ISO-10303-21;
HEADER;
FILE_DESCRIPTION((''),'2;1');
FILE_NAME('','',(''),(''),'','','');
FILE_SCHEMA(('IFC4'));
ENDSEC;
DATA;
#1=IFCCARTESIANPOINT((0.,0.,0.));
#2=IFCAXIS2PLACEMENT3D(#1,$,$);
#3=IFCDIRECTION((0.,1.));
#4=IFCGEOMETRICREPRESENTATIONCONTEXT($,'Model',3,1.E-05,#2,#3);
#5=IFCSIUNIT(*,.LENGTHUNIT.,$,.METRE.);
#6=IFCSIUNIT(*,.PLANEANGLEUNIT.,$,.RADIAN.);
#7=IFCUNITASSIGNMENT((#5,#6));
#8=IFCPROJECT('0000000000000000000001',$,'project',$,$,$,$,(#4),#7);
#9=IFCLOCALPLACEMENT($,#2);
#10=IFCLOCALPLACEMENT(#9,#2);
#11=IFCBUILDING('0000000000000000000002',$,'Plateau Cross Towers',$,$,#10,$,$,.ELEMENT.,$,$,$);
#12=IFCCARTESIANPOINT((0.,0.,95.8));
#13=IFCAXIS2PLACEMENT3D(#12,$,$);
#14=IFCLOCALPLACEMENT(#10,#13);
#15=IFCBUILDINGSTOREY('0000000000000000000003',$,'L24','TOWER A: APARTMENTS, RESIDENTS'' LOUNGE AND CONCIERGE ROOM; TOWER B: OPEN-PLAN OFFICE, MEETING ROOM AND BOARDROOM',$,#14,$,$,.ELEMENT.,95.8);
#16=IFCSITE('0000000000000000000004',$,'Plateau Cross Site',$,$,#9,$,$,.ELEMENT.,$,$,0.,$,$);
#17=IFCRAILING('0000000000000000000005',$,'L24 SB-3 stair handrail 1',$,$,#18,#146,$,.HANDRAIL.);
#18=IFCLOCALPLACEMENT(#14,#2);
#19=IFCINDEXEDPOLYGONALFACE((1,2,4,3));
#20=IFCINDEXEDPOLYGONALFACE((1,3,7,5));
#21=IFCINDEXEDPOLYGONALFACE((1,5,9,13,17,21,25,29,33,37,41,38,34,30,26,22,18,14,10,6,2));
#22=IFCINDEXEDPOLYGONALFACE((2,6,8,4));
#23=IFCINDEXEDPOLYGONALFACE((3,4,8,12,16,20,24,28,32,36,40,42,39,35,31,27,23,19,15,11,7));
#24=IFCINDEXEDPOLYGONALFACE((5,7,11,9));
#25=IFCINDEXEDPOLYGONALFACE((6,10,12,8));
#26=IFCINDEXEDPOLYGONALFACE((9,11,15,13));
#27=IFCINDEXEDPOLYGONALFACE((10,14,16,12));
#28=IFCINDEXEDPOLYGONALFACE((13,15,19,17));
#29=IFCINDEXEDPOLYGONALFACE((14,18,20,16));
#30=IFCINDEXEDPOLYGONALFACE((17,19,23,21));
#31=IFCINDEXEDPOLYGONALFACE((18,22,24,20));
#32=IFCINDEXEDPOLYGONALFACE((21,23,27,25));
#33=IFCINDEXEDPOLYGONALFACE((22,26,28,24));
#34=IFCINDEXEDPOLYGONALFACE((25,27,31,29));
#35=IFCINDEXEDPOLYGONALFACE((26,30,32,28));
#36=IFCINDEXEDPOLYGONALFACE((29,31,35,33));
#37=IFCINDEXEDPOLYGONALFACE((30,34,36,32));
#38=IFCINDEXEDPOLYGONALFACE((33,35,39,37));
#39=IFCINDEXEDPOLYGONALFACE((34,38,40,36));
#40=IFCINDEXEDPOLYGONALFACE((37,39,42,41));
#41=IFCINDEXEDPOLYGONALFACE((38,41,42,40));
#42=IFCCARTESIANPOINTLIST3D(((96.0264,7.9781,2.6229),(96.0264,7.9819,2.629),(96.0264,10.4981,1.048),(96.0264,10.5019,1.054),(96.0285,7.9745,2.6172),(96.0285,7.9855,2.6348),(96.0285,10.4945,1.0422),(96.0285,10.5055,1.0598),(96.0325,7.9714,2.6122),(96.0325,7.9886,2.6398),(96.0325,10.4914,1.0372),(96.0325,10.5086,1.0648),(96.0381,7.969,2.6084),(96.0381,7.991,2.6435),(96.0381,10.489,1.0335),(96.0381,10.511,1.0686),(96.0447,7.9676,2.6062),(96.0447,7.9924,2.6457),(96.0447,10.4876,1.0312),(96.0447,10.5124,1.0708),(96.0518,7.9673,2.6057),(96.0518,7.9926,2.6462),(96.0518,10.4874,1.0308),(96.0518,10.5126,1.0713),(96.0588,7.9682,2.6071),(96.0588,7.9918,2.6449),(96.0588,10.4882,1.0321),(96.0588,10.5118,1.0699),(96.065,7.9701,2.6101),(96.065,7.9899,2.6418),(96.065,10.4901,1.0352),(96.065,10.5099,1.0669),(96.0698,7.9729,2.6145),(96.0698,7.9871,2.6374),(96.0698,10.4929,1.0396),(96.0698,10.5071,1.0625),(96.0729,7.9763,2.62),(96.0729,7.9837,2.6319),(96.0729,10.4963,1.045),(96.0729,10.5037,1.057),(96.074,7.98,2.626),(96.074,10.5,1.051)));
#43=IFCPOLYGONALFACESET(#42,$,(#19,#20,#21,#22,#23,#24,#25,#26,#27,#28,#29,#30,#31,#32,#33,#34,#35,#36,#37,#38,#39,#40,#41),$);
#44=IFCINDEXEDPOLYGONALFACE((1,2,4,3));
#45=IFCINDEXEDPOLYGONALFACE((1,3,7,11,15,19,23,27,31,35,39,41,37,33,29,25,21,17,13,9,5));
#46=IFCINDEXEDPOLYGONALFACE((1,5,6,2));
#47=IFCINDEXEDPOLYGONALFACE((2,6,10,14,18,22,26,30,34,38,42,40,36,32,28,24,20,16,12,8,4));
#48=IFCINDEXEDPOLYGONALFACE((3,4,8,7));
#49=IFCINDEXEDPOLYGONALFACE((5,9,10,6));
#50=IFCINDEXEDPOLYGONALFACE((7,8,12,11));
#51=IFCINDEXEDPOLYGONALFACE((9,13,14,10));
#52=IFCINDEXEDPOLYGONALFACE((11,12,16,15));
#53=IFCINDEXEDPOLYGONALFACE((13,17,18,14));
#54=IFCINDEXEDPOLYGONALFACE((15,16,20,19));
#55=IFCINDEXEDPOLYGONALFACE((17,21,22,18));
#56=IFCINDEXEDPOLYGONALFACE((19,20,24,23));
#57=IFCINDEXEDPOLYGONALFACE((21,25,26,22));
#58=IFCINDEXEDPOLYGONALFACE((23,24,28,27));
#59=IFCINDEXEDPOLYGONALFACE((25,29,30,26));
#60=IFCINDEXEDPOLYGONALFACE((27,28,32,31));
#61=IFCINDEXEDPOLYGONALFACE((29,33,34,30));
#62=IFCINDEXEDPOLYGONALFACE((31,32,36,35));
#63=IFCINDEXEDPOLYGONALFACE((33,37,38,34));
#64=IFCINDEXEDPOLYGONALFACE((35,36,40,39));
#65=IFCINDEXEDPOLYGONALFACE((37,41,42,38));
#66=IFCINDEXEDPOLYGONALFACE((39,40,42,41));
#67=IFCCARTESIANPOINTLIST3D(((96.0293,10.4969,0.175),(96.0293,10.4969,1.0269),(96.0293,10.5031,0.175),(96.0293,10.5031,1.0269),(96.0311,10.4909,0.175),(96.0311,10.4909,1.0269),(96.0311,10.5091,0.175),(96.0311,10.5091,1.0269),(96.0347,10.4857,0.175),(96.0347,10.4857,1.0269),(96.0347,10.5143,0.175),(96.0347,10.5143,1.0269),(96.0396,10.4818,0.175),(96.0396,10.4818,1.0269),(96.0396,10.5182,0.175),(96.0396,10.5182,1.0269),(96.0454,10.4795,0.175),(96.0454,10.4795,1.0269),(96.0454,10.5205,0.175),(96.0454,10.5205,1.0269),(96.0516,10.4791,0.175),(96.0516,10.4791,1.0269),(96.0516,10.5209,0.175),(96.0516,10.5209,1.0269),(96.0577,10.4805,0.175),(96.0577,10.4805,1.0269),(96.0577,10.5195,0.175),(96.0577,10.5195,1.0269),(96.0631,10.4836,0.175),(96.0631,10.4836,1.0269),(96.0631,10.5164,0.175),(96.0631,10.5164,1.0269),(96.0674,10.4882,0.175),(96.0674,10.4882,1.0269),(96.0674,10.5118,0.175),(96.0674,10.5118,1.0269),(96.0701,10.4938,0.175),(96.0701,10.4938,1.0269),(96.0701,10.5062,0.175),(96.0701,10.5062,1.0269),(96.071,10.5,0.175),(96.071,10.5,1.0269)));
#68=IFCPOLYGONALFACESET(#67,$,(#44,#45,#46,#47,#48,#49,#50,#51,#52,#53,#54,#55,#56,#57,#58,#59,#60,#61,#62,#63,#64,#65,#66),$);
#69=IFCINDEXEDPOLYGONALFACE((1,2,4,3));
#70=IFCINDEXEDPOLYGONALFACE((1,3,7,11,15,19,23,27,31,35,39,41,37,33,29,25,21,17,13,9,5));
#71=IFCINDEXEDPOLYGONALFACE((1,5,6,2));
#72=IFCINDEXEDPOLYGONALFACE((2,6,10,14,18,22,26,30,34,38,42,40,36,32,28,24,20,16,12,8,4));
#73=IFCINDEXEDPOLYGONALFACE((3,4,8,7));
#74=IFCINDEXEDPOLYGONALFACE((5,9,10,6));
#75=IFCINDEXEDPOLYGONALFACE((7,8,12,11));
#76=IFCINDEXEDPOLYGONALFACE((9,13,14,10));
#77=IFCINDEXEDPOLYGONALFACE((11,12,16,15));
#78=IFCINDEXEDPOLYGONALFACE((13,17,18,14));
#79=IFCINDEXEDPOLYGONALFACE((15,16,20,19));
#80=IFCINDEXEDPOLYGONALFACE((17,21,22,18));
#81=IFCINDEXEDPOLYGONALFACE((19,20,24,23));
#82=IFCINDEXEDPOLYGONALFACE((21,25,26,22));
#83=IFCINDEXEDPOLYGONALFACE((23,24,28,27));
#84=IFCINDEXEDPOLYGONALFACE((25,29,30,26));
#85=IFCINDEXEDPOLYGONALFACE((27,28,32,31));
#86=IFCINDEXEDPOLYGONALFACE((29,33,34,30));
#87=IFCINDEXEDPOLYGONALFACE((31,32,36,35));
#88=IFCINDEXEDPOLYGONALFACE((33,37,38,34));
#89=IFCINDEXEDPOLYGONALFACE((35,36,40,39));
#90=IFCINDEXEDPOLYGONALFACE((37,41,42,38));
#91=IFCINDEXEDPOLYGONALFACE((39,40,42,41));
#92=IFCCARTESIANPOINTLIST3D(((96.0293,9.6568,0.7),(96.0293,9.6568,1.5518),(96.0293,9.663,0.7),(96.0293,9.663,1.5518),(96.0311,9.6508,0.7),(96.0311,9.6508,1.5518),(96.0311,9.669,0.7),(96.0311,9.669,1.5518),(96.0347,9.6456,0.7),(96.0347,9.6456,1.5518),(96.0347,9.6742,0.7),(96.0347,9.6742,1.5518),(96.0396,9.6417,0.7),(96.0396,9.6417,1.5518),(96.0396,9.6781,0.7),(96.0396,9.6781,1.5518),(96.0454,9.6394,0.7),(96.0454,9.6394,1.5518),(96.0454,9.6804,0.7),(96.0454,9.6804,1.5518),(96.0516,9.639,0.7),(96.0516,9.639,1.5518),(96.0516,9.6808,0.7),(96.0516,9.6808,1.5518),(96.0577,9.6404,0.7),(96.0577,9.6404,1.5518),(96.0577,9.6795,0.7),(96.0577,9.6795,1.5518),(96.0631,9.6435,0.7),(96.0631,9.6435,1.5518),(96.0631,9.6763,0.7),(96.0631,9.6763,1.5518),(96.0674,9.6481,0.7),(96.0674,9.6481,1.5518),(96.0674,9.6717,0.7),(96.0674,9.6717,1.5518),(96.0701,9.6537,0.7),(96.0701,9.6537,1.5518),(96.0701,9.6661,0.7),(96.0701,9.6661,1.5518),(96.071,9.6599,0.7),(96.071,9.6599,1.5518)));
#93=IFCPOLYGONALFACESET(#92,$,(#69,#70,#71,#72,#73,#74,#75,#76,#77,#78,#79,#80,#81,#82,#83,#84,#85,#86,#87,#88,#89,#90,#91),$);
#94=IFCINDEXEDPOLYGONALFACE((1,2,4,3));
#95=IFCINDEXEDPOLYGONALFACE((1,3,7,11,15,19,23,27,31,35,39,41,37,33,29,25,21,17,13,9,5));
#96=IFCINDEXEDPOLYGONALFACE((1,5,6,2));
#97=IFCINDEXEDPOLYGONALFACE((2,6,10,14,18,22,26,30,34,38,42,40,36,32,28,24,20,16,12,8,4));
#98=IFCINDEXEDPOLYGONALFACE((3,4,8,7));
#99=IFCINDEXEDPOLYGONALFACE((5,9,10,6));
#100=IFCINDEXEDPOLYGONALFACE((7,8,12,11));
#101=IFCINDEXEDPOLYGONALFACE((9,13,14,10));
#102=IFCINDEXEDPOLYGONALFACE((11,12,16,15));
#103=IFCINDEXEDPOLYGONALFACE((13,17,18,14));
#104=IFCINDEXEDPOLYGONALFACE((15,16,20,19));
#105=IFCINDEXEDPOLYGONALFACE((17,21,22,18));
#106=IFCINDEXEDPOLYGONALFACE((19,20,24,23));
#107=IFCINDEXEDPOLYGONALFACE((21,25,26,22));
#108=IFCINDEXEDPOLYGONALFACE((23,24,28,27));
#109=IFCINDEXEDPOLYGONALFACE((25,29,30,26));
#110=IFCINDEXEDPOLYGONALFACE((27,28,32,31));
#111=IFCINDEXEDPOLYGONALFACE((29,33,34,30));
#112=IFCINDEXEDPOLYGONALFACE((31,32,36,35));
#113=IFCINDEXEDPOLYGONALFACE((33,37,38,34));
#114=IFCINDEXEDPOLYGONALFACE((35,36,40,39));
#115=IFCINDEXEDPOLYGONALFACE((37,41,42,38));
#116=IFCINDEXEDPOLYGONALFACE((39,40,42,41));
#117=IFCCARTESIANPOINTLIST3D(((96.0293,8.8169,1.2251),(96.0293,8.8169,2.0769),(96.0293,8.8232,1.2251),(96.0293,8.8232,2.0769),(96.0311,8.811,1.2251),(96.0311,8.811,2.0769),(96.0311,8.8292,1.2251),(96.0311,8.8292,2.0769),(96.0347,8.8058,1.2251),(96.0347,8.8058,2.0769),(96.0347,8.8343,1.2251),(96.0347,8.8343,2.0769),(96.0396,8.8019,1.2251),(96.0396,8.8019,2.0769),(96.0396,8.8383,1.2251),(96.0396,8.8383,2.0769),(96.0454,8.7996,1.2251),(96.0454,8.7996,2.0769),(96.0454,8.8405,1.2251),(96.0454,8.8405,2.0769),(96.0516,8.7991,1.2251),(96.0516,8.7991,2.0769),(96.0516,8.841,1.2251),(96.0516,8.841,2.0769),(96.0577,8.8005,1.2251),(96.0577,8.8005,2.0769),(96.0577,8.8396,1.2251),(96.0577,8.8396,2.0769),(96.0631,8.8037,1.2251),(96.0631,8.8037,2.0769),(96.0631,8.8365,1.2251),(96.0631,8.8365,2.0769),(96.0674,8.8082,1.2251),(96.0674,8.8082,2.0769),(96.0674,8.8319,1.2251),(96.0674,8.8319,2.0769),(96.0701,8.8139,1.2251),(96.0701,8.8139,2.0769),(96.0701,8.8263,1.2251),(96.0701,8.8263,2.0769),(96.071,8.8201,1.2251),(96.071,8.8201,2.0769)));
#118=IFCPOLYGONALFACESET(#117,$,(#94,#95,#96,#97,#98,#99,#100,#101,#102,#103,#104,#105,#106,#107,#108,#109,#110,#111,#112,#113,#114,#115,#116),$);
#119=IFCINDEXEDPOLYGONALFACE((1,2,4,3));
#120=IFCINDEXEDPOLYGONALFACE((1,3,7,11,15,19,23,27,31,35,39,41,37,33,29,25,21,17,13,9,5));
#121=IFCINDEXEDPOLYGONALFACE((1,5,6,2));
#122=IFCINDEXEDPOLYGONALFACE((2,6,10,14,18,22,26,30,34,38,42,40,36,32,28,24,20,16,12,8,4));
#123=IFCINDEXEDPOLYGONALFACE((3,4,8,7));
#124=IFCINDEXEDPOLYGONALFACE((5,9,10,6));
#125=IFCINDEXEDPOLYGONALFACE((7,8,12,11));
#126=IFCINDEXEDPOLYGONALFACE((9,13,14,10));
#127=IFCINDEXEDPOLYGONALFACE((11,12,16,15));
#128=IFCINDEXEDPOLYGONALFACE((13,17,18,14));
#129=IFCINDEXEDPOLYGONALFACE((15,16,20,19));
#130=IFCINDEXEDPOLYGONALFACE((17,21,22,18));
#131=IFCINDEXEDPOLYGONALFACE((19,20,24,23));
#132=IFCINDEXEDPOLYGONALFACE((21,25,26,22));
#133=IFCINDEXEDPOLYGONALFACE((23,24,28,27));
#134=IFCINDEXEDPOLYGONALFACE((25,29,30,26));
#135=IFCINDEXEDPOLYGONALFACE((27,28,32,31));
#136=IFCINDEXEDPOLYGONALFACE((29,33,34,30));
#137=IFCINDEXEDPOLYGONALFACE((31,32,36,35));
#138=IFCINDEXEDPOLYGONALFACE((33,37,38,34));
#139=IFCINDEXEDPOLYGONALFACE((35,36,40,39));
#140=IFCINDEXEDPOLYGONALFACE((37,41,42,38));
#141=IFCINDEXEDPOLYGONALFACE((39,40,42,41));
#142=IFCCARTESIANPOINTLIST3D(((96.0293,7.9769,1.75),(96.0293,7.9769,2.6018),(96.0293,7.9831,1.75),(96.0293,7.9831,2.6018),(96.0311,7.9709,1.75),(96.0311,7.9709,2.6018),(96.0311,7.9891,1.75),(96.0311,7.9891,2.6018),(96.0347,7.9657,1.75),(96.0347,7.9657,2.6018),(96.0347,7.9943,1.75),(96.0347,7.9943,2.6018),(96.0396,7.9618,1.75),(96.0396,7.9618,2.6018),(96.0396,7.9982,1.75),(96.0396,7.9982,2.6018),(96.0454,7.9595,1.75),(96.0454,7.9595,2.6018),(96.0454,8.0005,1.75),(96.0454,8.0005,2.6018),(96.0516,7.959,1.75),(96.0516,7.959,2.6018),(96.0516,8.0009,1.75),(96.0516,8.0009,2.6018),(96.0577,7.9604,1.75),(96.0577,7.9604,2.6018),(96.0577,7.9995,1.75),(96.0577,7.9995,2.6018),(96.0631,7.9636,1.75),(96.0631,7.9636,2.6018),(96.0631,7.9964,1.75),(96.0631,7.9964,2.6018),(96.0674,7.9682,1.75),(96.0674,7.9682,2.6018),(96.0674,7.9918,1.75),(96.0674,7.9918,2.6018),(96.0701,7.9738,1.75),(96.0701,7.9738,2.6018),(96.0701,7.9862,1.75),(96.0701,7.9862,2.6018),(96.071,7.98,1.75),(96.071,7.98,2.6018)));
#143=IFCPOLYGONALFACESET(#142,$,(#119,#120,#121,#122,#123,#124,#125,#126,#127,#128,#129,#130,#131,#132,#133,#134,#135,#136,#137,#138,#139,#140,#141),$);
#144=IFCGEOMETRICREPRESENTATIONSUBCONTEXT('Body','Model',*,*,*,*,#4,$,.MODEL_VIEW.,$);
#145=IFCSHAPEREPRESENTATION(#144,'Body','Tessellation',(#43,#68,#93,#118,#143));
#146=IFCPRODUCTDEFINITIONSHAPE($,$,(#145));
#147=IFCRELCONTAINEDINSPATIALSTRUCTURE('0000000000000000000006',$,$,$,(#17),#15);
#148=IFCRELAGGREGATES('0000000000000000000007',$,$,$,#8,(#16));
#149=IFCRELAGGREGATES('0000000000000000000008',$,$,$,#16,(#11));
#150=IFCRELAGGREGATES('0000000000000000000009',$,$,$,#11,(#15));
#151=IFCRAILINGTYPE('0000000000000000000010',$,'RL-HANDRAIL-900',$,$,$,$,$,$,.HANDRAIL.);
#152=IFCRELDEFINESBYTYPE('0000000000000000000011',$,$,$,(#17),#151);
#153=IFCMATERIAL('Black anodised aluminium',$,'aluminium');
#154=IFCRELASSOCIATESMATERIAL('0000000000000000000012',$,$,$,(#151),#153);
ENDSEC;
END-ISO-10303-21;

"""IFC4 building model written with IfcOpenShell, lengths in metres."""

from ifc_helpers import new_model, si_unit, direction, frame, origin, origin_2d, place, context, subcontext, project, spatial, circle, extrude, material, type_object, element, save


model = new_model("IFC4")

# Units and contexts
model_context = context("Model", 3, precision=1e-05, world=origin(), true_north=direction((0.0, 1.0)))
body_context = subcontext(model_context, "Body", "Model", "MODEL_VIEW")
ifc_project = project(units=[si_unit("LENGTHUNIT", "METRE"), si_unit("PLANEANGLEUNIT", "RADIAN")], contexts=[model_context])

# Site, building, storey
site_placement = place(None, origin())
site = spatial("IfcSite", under=ifc_project, at=site_placement, Name="Plateau Cross Site", CompositionType="ELEMENT", RefElevation=0.0)
building_placement = place(site_placement, origin())
building = spatial("IfcBuilding", under=site, at=building_placement, Name="Plateau Cross Towers", CompositionType="ELEMENT")
storey_placement = place(building_placement, frame((0.0, 0.0, 95.8)))
storey = spatial("IfcBuildingStorey", under=building, at=storey_placement, Name="L24", Description="TOWER A: APARTMENTS, RESIDENTS' LOUNGE AND CONCIERGE ROOM; TOWER B: OPEN-PLAN OFFICE, MEETING ROOM AND BOARDROOM", CompositionType="ELEMENT", Elevation=95.8)

# Shared definitions
ifc_material_1 = material(Name="Black anodised aluminium", Category="aluminium")

# Railing
railing_type_1 = type_object("IfcRailingType", Name="RL-HANDRAIL-900", PredefinedType="HANDRAIL", material=ifc_material_1)
railing_1_placement = place(storey_placement, frame((96.05, 10.5, 0.175)))
element("IfcRailing", 1, at=railing_1_placement, inside=storey, type_object=railing_type_1, Name="L24 SB-3 stair handrail 1", PredefinedType="HANDRAIL", context=body_context, shape_type="SweptSolid", body=[
    extrude(circle(Radius=0.0239, at=origin_2d()), frame((0.0, 0.0, 0.876), z_axis=(0.0, -0.848008, 0.529984), x_axis=(1.0, 0.0, 0.0)), (0.0, 0.0, 1.0), 2.9717),
    extrude(circle(Radius=0.021, at=origin_2d()), origin(), (0.0, 0.0, 1.0), 0.8518),
    extrude(circle(Radius=0.021, at=origin_2d()), frame((0.0, -0.8401, 0.5249)), (0.0, 0.0, 1.0), 0.8518),
    extrude(circle(Radius=0.021, at=origin_2d()), frame((0.0, -1.6799, 1.05)), (0.0, 0.0, 1.0), 0.8518),
    extrude(circle(Radius=0.021, at=origin_2d()), frame((0.0, -2.52, 1.575)), (0.0, 0.0, 1.0), 0.8518),
])

save(model, "model.ifc")
